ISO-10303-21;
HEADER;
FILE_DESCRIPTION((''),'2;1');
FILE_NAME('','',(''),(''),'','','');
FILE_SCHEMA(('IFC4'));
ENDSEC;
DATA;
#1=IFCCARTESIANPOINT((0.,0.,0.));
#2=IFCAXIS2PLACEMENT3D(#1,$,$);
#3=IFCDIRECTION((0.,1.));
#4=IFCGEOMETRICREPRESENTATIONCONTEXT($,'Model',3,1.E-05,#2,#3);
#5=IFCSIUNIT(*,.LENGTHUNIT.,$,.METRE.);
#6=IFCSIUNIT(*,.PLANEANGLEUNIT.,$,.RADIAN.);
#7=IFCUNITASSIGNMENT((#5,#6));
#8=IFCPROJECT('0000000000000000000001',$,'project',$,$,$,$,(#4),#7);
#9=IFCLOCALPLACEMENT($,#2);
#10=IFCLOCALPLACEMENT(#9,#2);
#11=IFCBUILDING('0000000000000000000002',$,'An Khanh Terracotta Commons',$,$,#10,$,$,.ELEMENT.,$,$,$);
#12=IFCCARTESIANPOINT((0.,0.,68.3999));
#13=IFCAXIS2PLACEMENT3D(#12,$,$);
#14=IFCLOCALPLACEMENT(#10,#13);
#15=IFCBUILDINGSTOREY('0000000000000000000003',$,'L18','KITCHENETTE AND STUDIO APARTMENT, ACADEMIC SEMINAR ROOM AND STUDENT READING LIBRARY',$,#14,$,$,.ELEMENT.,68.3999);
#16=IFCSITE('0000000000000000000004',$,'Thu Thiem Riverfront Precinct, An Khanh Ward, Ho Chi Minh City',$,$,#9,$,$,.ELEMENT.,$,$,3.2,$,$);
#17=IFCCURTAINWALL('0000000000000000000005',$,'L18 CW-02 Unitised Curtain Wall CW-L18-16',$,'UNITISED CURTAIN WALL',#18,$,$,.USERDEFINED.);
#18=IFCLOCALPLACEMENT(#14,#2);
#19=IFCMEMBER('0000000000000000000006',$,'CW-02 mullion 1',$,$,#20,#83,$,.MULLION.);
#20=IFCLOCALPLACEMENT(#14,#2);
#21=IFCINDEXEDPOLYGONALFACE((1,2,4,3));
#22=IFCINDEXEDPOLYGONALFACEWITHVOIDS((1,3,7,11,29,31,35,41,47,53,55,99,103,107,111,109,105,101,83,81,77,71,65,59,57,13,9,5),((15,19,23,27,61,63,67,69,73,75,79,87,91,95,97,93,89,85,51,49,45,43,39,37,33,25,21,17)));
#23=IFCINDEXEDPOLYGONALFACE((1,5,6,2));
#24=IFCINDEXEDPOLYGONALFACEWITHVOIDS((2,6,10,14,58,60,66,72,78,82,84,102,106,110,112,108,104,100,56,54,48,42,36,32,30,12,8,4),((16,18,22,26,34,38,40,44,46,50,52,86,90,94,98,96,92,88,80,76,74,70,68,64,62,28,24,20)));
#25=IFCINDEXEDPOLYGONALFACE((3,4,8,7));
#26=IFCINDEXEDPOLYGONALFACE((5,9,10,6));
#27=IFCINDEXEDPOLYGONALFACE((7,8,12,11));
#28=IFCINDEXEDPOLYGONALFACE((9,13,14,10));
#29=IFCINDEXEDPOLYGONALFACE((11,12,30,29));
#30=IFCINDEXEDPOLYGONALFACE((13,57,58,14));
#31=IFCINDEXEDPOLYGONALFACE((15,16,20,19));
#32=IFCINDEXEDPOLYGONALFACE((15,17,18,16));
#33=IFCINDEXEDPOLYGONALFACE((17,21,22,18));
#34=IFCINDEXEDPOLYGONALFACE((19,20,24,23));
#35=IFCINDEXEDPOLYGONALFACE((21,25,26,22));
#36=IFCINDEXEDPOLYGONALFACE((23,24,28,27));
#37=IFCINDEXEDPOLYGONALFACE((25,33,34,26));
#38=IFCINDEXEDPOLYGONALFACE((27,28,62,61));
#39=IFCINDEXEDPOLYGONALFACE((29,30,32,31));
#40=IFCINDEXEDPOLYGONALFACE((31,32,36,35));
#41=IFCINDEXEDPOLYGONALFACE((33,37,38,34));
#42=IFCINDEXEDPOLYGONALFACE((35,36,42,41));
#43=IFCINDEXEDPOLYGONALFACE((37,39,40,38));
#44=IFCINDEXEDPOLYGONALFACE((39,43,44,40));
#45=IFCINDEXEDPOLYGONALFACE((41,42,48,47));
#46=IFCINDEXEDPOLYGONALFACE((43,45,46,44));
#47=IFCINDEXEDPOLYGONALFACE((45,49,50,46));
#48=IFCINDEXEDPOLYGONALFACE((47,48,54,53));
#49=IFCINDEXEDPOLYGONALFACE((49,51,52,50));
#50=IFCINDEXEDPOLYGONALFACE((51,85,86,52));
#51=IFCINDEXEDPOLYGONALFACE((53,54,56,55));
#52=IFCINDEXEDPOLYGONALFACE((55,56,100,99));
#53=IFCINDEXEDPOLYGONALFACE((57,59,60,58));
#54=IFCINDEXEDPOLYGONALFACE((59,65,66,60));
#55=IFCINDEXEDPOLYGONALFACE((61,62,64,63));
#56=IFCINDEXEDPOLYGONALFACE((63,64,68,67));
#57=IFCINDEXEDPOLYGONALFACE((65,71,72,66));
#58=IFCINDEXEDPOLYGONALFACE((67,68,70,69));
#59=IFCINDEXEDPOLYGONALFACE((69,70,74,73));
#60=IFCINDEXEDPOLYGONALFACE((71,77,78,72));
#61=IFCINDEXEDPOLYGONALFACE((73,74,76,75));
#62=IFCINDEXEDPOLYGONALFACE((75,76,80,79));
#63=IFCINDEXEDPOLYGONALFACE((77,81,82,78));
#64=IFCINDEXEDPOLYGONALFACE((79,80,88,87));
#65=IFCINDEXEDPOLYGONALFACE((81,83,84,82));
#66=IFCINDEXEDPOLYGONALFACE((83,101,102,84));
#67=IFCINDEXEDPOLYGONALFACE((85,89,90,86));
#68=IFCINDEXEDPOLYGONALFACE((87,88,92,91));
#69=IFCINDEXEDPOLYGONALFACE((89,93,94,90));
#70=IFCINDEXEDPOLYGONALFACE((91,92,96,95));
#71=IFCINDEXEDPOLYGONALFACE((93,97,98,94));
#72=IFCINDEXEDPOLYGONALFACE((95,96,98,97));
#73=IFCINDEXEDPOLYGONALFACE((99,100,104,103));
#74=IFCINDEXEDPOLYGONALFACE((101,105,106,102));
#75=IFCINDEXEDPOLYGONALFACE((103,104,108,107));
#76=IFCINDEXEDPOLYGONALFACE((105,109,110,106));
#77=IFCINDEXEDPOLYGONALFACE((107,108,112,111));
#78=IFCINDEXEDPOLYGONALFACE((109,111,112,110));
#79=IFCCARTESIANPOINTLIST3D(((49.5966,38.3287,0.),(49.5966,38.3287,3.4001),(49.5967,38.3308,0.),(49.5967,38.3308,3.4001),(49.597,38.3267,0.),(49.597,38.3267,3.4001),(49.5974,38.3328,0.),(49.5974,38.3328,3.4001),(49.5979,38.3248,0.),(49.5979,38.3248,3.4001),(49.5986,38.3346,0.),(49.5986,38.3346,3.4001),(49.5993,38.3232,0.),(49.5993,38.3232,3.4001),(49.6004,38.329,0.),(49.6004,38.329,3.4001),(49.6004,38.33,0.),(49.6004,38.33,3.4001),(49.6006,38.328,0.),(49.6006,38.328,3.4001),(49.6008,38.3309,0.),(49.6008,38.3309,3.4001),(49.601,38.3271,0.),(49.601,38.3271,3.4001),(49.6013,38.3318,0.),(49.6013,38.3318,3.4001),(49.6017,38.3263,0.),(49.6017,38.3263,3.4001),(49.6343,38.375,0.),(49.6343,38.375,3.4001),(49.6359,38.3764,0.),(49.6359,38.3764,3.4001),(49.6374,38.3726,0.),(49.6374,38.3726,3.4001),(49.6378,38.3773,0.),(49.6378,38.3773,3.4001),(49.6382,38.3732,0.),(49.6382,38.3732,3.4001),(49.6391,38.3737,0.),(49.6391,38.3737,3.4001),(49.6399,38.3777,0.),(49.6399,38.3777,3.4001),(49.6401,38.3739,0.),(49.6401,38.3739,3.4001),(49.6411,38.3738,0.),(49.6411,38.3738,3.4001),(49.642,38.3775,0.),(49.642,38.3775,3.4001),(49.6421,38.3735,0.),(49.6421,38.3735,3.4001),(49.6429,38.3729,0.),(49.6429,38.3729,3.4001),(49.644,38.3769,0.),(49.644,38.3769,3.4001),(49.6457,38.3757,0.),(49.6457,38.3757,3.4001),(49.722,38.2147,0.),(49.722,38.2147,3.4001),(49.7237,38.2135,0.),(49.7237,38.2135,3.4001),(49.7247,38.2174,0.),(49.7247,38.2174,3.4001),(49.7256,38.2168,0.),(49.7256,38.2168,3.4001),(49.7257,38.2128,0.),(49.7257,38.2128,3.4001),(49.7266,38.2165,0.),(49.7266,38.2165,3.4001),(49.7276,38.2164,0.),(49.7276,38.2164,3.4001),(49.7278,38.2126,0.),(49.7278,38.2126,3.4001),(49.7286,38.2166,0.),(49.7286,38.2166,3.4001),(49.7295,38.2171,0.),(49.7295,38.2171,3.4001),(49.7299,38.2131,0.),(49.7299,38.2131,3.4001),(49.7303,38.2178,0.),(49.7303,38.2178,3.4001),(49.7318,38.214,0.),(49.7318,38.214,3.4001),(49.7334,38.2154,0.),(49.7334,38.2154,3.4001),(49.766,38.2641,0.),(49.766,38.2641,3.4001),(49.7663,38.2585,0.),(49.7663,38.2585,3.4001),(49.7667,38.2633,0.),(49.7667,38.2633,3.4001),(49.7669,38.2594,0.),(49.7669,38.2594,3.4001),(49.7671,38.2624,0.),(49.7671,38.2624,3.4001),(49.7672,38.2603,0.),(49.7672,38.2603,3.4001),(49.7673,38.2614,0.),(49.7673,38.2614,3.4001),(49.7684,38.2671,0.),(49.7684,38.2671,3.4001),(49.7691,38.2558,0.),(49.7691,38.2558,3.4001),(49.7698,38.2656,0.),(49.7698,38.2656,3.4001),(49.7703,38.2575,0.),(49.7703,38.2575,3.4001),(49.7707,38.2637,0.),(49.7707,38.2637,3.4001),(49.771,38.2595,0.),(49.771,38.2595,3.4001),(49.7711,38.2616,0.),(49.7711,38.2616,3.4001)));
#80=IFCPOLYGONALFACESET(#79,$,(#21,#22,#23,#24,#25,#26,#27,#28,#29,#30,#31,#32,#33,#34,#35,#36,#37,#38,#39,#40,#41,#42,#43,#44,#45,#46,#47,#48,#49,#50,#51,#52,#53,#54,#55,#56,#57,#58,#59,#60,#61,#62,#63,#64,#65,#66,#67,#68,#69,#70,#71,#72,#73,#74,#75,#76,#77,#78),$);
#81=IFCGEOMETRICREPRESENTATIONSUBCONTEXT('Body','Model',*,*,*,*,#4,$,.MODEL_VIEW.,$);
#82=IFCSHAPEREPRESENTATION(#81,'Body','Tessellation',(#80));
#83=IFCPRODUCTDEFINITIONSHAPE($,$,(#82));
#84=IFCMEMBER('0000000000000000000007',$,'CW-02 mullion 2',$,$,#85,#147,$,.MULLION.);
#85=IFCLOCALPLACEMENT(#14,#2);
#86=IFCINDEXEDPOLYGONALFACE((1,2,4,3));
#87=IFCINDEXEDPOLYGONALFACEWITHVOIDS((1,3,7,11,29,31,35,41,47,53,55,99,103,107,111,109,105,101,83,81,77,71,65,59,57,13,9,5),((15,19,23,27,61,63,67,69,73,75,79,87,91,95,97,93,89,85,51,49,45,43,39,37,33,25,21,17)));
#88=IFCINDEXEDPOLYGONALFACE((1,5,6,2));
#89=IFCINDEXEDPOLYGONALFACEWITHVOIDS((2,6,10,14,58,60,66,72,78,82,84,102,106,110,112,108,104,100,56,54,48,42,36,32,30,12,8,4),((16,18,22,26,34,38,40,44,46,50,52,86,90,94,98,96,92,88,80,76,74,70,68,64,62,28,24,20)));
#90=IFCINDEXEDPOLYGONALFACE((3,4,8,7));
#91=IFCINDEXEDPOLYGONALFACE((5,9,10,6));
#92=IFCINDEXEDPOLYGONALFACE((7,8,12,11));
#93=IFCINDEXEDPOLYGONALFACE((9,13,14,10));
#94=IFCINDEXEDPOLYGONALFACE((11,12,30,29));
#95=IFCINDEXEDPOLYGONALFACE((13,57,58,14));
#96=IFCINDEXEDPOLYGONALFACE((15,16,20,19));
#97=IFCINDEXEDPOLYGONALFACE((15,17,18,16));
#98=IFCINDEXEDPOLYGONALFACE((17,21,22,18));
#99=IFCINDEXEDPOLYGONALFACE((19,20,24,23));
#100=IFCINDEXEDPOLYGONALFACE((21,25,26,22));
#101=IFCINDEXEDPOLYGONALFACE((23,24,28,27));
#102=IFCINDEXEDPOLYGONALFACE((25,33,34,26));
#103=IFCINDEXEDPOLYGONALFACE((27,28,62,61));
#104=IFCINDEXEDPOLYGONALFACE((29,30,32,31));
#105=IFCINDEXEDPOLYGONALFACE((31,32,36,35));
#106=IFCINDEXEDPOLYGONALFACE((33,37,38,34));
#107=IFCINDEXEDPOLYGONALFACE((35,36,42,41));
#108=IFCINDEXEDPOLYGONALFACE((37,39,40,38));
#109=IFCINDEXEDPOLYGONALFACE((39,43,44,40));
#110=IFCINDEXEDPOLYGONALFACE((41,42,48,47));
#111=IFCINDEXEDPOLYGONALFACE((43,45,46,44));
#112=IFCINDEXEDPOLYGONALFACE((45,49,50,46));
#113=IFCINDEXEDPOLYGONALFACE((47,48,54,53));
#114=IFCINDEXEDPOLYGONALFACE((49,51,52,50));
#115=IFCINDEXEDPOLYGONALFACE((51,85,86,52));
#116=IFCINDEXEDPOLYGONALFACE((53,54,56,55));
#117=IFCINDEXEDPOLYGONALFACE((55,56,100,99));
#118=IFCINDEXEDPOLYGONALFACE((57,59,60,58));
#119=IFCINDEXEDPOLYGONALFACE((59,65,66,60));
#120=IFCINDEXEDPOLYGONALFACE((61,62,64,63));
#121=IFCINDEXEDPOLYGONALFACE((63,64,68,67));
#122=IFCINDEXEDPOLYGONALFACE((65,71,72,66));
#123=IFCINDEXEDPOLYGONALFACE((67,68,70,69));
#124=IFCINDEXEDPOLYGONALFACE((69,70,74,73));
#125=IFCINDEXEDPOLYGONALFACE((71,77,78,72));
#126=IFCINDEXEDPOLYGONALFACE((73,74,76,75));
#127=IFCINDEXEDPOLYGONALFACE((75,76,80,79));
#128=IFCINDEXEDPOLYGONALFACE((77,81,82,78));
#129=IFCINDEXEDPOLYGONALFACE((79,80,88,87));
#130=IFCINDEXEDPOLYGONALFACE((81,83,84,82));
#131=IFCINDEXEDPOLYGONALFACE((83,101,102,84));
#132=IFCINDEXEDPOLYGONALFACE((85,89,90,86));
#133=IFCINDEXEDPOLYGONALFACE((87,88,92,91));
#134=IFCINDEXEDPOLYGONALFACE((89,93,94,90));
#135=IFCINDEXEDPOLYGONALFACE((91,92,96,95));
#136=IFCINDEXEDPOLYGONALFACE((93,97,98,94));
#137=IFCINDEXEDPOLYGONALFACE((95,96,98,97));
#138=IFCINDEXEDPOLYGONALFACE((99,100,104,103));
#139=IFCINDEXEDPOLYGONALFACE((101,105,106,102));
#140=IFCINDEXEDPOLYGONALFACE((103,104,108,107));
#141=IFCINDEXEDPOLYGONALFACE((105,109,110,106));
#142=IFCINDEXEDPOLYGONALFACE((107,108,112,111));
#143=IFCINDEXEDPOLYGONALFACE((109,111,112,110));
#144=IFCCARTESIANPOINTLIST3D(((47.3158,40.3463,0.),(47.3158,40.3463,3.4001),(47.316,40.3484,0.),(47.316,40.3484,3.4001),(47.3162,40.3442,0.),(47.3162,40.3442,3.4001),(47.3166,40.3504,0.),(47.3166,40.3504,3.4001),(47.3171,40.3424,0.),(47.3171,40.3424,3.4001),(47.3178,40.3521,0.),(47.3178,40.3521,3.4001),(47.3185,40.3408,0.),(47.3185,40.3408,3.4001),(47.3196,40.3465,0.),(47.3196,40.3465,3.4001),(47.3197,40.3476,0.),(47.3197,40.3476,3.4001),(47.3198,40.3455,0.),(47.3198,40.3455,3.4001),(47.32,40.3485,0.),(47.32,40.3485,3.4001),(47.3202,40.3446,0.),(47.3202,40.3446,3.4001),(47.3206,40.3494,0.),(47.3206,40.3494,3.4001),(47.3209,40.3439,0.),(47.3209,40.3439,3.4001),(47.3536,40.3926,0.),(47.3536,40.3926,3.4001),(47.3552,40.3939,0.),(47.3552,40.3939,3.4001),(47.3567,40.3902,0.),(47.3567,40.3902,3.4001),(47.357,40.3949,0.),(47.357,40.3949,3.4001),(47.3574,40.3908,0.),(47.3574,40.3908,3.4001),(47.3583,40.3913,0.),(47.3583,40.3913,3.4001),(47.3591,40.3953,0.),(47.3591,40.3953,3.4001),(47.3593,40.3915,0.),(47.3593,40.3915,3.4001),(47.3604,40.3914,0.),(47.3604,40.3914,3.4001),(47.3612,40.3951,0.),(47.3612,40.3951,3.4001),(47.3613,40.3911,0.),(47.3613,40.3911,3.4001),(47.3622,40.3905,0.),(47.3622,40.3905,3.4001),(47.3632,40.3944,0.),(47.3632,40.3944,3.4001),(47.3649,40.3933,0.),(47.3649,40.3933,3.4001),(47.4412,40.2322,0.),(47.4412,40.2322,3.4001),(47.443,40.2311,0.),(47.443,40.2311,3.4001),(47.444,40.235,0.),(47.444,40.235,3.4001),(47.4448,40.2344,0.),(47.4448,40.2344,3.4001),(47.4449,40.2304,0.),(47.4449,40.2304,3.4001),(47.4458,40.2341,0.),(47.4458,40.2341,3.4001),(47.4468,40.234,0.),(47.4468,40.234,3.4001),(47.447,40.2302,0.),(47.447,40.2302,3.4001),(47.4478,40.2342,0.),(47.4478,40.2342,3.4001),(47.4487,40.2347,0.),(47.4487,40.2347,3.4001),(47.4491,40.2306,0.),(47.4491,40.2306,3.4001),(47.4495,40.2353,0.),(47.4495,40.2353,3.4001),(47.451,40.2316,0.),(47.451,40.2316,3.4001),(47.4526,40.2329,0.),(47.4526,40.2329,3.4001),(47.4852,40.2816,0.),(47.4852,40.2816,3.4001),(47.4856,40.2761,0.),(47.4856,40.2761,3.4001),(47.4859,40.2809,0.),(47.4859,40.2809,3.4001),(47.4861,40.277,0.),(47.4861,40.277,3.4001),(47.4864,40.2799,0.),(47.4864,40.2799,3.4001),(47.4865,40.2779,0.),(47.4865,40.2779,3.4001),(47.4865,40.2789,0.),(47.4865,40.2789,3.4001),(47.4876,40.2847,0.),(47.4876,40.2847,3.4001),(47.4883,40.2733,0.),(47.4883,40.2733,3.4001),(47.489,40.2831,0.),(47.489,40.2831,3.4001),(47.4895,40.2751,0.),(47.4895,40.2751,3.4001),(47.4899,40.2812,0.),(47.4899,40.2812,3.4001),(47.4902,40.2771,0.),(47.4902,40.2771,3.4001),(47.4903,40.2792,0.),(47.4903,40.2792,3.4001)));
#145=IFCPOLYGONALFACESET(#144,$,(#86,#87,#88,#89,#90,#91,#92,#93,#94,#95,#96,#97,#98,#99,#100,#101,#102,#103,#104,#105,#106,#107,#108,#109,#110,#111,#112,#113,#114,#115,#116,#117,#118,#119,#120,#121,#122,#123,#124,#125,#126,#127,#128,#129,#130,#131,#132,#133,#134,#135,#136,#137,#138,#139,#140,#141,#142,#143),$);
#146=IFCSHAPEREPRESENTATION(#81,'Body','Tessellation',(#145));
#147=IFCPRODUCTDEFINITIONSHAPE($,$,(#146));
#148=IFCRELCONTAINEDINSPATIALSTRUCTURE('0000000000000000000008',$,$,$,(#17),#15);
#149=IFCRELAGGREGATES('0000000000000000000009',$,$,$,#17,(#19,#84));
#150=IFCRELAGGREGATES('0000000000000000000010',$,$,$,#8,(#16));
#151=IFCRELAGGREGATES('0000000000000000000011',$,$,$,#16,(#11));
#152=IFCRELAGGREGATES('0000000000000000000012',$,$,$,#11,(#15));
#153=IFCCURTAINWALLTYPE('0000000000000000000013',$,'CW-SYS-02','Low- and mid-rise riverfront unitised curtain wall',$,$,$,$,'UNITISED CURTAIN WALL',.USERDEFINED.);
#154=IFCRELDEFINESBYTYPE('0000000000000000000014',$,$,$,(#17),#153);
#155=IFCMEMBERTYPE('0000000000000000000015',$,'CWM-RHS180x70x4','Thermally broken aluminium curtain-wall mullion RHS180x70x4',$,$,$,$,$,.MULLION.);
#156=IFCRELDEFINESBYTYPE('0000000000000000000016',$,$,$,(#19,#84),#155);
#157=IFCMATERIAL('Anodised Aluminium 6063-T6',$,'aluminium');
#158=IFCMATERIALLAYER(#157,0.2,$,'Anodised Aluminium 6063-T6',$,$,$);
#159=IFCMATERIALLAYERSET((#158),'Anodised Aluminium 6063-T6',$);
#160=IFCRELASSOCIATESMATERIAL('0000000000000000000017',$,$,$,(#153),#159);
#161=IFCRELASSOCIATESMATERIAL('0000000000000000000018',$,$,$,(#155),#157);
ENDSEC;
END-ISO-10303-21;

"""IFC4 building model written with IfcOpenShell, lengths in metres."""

from ifc_helpers import new_model, si_unit, direction, frame, origin, origin_2d, place, context, subcontext, project, spatial, hollow_rectangle, extrude, material, layer, layer_set, material_profile, profile_set, type_object, element, aggregate, save


model = new_model("IFC4")

# Units and contexts
model_context = context("Model", 3, precision=1e-05, world=origin(), true_north=direction((0.0, 1.0)))
body_context = subcontext(model_context, "Body", "Model", "MODEL_VIEW")
ifc_project = project(units=[si_unit("LENGTHUNIT", "METRE"), si_unit("PLANEANGLEUNIT", "RADIAN")], contexts=[model_context])

# Site, building, storey
site_placement = place(None, origin())
site = spatial("IfcSite", under=ifc_project, at=site_placement, Name="Thu Thiem Riverfront Precinct, An Khanh Ward, Ho Chi Minh City", CompositionType="ELEMENT", RefElevation=3.2)
building_placement = place(site_placement, origin())
building = spatial("IfcBuilding", under=site, at=building_placement, Name="An Khanh Terracotta Commons", CompositionType="ELEMENT")
storey_placement = place(building_placement, frame((0.0, 0.0, 68.3999)))
storey = spatial("IfcBuildingStorey", under=building, at=storey_placement, Name="L18", Description="KITCHENETTE AND STUDIO APARTMENT, ACADEMIC SEMINAR ROOM AND STUDENT READING LIBRARY", CompositionType="ELEMENT", Elevation=68.3999)

# Curtain wall, members
ifc_material_1 = material(Name="Anodised Aluminium 6063-T6", Category="aluminium")
ifc_layer_1 = layer(ifc_material_1, 0.2, Name="Anodised Aluminium 6063-T6")
ifc_layer_set_1 = layer_set([ifc_layer_1], Name="Anodised Aluminium 6063-T6")
curtain_wall_type = type_object("IfcCurtainWallType", Name="CW-SYS-02", Description="Low- and mid-rise riverfront unitised curtain wall", ElementType="UNITISED CURTAIN WALL", PredefinedType="USERDEFINED", material=ifc_layer_set_1)
curtain_wall_placement = place(storey_placement, origin())
curtain_wall = element("IfcCurtainWall", 1, at=curtain_wall_placement, inside=storey, type_object=curtain_wall_type, Name="L18 CW-02 Unitised Curtain Wall CW-L18-16", ObjectType="UNITISED CURTAIN WALL", PredefinedType="USERDEFINED")
ifc_material_profile_1 = material_profile(ifc_material_1, hollow_rectangle(XDim=0.0701, YDim=0.1799, WallThickness=0.0039, InnerFilletRadius=0.0039, OuterFilletRadius=0.0081, at=origin_2d()), Name="RHS180x70x4")
ifc_profile_set_1 = profile_set([ifc_material_profile_1], Name="Anodised Aluminium 6063-T6")
member_type_1 = type_object("IfcMemberType", Name="CWM-RHS180x70x4", Description="Thermally broken aluminium curtain-wall mullion RHS180x70x4", PredefinedType="MULLION", material=ifc_profile_set_1)
member_1_placement = place(storey_placement, frame((49.6838, 38.2952, 0.0), z_axis=(0.0, 0.0, 1.0), x_axis=(-0.662548, -0.749019, 0.0)))
member_1 = element("IfcMember", 2, at=member_1_placement, type_object=member_type_1, Name="CW-02 mullion 1", PredefinedType="MULLION", context=body_context, shape_type="SweptSolid", body=[
    extrude(hollow_rectangle(XDim=0.0701, YDim=0.1799, WallThickness=0.0039, InnerFilletRadius=0.0039, OuterFilletRadius=0.0081, at=origin_2d()), origin(), (0.0, 0.0, 1.0), 3.4001),
])
member_2_placement = place(storey_placement, frame((47.4031, 40.3127, 0.0), z_axis=(0.0, 0.0, 1.0), x_axis=(-0.662548, -0.749019, 0.0)))
member_2 = element("IfcMember", 3, at=member_2_placement, type_object=member_type_1, Name="CW-02 mullion 2", PredefinedType="MULLION", context=body_context, shape_type="SweptSolid", body=[
    extrude(hollow_rectangle(XDim=0.0701, YDim=0.1799, WallThickness=0.0039, InnerFilletRadius=0.0039, OuterFilletRadius=0.0081, at=origin_2d()), origin(), (0.0, 0.0, 1.0), 3.4001),
])
aggregate(curtain_wall, [member_1, member_2])

save(model, "model.ifc")
